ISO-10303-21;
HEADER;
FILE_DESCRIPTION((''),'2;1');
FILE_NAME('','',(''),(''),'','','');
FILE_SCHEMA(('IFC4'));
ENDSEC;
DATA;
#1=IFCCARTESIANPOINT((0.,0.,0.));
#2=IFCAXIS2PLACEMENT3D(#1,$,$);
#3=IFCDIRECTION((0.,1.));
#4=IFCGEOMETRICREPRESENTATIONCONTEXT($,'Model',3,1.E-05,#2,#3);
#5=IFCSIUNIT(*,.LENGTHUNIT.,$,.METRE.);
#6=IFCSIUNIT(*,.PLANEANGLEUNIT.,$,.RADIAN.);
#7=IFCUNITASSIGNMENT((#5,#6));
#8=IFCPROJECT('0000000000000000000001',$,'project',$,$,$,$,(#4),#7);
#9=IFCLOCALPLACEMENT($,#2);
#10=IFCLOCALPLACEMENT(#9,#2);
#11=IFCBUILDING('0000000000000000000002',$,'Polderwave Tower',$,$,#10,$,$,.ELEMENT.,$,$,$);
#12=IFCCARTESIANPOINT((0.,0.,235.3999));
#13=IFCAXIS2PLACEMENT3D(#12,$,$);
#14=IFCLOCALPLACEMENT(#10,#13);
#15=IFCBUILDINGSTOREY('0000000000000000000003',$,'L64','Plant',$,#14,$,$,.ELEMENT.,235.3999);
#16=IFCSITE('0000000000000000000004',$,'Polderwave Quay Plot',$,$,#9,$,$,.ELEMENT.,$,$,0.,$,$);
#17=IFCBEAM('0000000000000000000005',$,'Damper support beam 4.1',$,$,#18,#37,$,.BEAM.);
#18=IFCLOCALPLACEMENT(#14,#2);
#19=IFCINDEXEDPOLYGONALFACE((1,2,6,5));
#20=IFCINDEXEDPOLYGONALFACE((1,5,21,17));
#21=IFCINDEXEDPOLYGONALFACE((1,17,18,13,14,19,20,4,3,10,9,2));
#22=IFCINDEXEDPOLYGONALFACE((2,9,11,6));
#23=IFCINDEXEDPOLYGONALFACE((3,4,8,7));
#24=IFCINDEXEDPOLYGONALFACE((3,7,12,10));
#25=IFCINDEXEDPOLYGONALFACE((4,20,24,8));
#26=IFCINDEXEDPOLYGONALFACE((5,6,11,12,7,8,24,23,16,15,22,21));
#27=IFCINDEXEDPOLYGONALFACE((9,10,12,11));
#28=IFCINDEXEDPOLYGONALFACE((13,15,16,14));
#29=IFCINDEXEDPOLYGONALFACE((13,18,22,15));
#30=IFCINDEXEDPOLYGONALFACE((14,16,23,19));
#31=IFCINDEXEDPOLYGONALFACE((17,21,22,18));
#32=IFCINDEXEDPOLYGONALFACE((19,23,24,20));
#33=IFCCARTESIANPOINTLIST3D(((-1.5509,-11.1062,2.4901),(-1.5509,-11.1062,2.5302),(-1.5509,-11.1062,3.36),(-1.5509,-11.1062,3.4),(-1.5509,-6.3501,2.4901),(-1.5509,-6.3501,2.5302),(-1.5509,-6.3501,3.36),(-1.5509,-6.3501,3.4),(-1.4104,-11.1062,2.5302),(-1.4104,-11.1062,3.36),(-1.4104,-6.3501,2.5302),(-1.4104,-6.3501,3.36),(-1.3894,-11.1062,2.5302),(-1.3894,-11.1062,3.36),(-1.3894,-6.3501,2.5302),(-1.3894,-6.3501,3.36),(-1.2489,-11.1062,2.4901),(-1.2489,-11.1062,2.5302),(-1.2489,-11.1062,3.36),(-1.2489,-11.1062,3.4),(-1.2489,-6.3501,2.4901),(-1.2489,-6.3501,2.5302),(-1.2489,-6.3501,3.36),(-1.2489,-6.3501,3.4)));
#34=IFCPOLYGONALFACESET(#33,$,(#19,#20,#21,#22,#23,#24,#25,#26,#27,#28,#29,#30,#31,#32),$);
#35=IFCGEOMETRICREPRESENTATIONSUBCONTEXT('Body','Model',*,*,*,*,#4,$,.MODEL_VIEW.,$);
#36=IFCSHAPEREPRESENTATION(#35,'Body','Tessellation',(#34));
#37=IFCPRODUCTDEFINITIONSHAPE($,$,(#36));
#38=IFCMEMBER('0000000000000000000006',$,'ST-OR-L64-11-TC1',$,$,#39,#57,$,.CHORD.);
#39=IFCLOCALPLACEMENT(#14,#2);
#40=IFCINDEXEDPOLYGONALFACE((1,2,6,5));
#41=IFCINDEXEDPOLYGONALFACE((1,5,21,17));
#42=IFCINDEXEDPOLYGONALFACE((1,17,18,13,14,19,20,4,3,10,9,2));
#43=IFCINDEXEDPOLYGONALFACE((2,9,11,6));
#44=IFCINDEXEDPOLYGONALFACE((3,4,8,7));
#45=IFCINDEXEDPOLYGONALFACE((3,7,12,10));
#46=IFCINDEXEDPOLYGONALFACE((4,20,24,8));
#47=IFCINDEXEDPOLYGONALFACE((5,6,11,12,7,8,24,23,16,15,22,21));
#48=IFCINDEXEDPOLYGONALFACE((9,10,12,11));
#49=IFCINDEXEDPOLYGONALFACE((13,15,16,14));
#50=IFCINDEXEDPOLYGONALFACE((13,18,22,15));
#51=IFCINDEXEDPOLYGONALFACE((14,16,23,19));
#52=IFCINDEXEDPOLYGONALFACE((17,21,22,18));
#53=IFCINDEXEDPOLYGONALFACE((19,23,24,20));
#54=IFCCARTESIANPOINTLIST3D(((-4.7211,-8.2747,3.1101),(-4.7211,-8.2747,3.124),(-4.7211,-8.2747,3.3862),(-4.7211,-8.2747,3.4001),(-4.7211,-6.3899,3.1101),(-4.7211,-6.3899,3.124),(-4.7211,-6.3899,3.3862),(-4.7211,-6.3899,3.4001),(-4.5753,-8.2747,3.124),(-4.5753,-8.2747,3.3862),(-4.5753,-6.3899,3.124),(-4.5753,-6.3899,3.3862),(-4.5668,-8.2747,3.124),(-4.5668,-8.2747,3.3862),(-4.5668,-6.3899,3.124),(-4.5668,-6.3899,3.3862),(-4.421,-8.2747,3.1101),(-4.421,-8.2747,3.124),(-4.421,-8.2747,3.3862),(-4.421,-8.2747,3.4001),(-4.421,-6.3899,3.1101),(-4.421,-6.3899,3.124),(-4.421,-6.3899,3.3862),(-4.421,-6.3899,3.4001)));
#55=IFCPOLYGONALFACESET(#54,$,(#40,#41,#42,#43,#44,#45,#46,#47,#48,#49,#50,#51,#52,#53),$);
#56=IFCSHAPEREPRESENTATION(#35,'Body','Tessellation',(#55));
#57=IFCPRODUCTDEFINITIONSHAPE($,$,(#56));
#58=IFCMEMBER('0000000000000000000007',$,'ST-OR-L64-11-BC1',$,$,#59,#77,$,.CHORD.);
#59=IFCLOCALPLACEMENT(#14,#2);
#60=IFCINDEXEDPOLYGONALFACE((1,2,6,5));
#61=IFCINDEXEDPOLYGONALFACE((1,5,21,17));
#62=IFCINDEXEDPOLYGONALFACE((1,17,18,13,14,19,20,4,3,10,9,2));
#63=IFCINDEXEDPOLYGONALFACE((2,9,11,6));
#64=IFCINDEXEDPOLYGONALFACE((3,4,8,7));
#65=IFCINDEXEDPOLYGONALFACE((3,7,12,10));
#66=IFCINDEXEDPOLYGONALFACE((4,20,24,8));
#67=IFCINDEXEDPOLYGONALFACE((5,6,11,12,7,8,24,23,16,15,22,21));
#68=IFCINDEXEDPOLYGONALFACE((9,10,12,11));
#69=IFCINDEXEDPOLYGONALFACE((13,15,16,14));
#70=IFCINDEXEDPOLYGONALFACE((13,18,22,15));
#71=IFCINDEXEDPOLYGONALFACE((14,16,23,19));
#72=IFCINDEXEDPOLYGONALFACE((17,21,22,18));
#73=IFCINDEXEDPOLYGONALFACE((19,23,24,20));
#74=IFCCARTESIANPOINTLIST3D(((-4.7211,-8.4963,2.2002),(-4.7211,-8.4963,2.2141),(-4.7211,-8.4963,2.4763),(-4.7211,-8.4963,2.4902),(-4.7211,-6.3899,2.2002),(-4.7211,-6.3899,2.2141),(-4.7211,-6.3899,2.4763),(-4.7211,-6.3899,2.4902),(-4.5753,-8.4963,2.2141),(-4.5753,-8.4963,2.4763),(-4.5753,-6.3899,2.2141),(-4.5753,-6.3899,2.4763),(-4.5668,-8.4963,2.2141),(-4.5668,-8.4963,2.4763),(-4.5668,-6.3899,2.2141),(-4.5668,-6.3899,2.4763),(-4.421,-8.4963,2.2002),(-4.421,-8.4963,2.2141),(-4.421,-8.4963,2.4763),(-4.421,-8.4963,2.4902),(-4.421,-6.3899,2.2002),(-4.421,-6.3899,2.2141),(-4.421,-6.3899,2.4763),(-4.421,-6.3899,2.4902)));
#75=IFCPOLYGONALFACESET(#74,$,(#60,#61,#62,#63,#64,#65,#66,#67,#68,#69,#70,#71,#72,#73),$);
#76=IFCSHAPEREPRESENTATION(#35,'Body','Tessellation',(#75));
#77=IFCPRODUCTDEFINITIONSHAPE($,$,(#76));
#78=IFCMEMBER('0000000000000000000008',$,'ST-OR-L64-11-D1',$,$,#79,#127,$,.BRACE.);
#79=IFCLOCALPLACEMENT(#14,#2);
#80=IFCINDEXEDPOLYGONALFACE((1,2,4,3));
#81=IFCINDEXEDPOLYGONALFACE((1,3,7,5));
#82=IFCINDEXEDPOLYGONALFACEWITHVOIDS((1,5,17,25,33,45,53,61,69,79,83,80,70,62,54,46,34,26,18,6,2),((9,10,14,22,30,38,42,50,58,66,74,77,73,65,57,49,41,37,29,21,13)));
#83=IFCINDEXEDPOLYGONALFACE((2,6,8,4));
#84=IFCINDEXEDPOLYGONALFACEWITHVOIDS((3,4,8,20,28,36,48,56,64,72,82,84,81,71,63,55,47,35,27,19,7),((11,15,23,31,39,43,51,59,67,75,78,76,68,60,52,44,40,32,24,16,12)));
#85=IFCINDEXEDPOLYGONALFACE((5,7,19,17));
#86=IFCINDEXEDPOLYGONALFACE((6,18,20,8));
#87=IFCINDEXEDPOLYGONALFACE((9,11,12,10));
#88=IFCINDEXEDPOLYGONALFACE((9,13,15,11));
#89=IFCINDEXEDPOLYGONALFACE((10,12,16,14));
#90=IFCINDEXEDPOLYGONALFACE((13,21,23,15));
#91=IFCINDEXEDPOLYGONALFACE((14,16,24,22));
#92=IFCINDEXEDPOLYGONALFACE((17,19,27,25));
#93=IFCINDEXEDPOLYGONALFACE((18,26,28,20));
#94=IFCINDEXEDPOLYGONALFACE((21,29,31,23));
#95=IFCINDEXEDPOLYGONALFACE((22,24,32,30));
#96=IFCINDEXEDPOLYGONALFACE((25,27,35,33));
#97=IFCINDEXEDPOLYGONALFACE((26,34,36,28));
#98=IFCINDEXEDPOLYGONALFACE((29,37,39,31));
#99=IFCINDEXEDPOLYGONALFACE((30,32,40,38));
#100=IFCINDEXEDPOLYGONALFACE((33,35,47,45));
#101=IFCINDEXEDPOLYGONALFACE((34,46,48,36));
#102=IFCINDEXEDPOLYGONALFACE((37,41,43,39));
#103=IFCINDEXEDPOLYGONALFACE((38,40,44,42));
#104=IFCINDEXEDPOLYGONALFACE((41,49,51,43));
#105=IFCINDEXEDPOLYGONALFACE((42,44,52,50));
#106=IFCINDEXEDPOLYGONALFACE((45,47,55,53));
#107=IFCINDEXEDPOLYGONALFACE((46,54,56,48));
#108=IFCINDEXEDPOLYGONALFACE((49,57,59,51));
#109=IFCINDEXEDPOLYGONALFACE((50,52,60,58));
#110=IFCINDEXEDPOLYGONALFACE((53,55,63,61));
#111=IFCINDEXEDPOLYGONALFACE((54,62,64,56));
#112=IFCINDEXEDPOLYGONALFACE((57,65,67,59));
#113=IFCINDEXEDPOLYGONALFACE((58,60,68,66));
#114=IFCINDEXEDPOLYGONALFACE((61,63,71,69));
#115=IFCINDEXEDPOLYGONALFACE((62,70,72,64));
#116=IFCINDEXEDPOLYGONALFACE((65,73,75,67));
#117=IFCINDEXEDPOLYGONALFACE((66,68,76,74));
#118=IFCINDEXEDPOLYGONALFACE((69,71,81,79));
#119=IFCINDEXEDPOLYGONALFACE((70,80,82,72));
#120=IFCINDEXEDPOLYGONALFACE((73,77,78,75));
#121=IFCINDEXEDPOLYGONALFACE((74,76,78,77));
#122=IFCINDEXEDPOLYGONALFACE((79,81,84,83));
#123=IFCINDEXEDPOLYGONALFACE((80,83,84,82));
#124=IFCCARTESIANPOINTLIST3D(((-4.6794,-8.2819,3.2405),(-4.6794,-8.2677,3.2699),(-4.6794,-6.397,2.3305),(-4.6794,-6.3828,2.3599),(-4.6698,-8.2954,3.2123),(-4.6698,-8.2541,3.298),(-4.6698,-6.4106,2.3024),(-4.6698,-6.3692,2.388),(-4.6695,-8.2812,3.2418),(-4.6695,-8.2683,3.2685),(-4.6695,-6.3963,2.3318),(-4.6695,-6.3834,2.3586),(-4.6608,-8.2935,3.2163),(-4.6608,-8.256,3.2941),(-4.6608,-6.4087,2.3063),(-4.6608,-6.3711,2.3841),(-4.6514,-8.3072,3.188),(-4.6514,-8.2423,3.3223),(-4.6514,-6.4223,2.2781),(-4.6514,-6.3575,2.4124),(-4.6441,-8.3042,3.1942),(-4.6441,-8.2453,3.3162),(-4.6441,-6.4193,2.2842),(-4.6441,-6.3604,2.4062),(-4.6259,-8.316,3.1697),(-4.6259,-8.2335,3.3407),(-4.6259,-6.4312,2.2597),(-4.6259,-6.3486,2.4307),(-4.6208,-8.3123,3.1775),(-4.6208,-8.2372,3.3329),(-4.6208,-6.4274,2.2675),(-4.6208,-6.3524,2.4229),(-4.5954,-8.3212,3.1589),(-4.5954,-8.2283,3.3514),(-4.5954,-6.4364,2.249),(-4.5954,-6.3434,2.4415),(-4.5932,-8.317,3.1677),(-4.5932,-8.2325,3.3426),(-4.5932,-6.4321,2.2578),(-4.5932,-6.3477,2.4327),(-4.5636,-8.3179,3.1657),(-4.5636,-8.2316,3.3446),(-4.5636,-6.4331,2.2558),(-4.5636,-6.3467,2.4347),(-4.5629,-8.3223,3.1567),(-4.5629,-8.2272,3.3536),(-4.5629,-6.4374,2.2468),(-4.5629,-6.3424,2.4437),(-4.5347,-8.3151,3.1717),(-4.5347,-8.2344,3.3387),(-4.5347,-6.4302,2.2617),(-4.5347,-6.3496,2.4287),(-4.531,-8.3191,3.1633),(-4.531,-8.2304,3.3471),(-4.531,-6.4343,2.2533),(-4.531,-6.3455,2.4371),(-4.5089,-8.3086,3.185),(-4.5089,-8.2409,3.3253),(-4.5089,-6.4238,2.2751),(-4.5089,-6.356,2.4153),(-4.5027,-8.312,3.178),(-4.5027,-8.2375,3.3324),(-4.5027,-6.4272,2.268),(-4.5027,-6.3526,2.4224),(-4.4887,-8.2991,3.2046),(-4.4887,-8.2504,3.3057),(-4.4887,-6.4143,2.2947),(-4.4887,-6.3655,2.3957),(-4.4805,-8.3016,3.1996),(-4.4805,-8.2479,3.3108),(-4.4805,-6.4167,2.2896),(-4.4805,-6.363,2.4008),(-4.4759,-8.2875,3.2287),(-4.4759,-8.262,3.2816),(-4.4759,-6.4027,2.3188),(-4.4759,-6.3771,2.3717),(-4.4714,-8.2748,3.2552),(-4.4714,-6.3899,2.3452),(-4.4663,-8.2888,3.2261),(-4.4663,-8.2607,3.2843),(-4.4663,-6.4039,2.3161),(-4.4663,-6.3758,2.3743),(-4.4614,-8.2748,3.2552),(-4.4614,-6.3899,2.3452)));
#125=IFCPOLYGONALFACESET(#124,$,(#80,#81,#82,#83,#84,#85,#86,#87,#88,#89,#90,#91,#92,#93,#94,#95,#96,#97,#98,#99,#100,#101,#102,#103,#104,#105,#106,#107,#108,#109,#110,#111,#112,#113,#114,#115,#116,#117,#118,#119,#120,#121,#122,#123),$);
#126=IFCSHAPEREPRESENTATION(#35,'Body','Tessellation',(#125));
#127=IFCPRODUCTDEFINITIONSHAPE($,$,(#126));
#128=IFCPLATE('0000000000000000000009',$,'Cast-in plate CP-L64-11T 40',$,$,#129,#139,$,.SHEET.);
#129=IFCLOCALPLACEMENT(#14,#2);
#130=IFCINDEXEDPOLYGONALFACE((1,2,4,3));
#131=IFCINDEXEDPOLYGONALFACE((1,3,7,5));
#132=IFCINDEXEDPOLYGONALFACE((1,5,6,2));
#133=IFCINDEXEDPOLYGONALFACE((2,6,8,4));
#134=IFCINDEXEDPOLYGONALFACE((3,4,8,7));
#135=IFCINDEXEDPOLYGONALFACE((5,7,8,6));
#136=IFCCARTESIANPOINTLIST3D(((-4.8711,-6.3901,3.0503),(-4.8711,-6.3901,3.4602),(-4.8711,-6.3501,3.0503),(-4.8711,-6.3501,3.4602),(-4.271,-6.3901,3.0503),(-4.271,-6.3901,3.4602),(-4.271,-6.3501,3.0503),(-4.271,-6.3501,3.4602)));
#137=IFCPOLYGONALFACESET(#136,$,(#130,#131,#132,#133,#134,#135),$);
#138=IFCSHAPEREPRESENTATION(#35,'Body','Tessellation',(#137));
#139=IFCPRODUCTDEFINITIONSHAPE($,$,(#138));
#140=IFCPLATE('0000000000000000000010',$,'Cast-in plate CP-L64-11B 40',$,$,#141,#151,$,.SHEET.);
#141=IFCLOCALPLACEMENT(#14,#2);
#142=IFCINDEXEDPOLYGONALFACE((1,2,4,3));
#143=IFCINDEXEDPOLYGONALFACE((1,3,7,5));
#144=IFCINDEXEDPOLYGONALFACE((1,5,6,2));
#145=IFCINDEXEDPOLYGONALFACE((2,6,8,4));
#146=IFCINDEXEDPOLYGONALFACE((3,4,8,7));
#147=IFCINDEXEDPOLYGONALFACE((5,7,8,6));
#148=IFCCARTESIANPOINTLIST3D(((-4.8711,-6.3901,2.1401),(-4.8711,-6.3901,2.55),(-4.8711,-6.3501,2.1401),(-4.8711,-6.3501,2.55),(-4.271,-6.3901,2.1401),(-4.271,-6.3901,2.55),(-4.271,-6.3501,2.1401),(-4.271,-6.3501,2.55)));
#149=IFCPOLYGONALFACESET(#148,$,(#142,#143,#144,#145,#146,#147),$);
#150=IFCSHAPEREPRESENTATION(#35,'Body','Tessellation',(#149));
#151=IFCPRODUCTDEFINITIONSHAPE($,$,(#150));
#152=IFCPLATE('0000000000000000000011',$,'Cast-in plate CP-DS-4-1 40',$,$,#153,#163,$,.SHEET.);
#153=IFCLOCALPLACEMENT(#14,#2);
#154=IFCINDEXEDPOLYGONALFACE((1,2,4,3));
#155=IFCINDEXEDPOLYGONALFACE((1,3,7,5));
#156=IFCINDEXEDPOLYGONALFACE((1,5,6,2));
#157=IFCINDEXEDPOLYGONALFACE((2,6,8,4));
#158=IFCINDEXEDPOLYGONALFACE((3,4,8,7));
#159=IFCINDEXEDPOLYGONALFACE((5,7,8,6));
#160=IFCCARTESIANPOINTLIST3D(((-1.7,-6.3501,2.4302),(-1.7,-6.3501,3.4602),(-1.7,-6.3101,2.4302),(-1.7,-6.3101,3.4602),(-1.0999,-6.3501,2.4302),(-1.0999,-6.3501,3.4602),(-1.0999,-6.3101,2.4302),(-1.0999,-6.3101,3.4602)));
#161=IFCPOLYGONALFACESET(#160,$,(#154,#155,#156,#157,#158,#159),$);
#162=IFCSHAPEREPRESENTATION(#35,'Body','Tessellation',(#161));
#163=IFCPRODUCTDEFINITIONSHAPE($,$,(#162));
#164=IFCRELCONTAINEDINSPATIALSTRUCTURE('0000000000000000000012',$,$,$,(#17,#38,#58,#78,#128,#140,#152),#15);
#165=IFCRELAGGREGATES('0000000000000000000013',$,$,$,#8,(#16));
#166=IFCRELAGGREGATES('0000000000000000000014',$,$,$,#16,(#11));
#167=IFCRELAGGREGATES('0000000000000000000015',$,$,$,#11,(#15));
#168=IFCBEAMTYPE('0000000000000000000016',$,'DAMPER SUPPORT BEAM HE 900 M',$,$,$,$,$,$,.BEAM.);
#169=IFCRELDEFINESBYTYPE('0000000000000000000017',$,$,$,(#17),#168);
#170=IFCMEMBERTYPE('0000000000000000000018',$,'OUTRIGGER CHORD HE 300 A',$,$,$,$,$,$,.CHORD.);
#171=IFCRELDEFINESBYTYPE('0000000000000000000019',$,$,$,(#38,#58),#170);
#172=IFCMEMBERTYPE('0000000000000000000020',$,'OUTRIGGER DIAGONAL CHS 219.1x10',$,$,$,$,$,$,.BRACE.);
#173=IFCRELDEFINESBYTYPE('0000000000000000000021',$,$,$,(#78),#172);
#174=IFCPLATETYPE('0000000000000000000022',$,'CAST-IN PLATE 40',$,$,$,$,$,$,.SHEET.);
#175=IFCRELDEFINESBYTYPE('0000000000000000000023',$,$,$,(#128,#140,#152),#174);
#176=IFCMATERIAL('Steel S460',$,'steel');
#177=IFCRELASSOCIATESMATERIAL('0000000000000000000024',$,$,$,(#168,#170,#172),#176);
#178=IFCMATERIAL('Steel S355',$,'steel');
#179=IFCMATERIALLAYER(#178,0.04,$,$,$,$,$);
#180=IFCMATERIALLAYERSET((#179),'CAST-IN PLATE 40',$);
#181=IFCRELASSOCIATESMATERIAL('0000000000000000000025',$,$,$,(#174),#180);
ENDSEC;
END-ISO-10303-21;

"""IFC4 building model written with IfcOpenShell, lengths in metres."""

from ifc_helpers import new_model, si_unit, direction, frame, origin, origin_2d, place, context, subcontext, project, spatial, rectangle, hollow_circle, i_section, extrude, material, layer, layer_set, material_profile, profile_set, type_object, element, save


model = new_model("IFC4")

# Units and contexts
model_context = context("Model", 3, precision=1e-05, world=origin(), true_north=direction((0.0, 1.0)))
body_context = subcontext(model_context, "Body", "Model", "MODEL_VIEW")
ifc_project = project(units=[si_unit("LENGTHUNIT", "METRE"), si_unit("PLANEANGLEUNIT", "RADIAN")], contexts=[model_context])

# Site, building, storey
site_placement = place(None, origin())
site = spatial("IfcSite", under=ifc_project, at=site_placement, Name="Polderwave Quay Plot", CompositionType="ELEMENT", RefElevation=0.0)
building_placement = place(site_placement, origin())
building = spatial("IfcBuilding", under=site, at=building_placement, Name="Polderwave Tower", CompositionType="ELEMENT")
storey_placement = place(building_placement, frame((0.0, 0.0, 235.3999)))
storey = spatial("IfcBuildingStorey", under=building, at=storey_placement, Name="L64", Description="Plant", CompositionType="ELEMENT", Elevation=235.3999)

# Beam
ifc_material_1 = material(Name="Steel S460", Category="steel")
ifc_material_profile_1 = material_profile(ifc_material_1, i_section(OverallWidth=0.302, OverallDepth=0.9099, WebThickness=0.021, FlangeThickness=0.04, at=origin_2d()), Name="HE 900 M")
ifc_profile_set_1 = profile_set([ifc_material_profile_1], Name="Steel S460")
beam_type = type_object("IfcBeamType", Name="DAMPER SUPPORT BEAM HE 900 M", PredefinedType="BEAM", material=ifc_profile_set_1)
beam_placement = place(storey_placement, frame((-1.3999, -6.3501, 2.9451), z_axis=(0.0, -1.0, 0.0), x_axis=(1.0, 0.0, 0.0)))
element("IfcBeam", 1, at=beam_placement, inside=storey, type_object=beam_type, Name="Damper support beam 4.1", PredefinedType="BEAM", context=body_context, shape_type="SweptSolid", body=[
    extrude(i_section(OverallWidth=0.302, OverallDepth=0.9099, WebThickness=0.021, FlangeThickness=0.04, at=origin_2d()), origin(), (0.0, 0.0, 1.0), 4.7561),
])

# Members
ifc_material_profile_2 = material_profile(ifc_material_1, i_section(OverallWidth=0.3, OverallDepth=0.29, WebThickness=0.0085, FlangeThickness=0.0139, at=origin_2d()), Name="HE 300 A")
ifc_profile_set_2 = profile_set([ifc_material_profile_2], Name="Steel S460")
member_type_1 = type_object("IfcMemberType", Name="OUTRIGGER CHORD HE 300 A", PredefinedType="CHORD", material=ifc_profile_set_2)
member_1_placement = place(storey_placement, frame((-4.571, -6.3899, 3.2551), z_axis=(0.0, -1.0, 0.0), x_axis=(1.0, 0.0, 0.0)))
element("IfcMember", 2, at=member_1_placement, inside=storey, type_object=member_type_1, Name="ST-OR-L64-11-TC1", PredefinedType="CHORD", context=body_context, shape_type="SweptSolid", body=[
    extrude(i_section(OverallWidth=0.3, OverallDepth=0.29, WebThickness=0.0085, FlangeThickness=0.0139, at=origin_2d()), origin(), (0.0, 0.0, 1.0), 1.8848),
])
member_2_placement = place(storey_placement, frame((-4.571, -6.3899, 2.3452), z_axis=(0.0, -1.0, 0.0), x_axis=(1.0, 0.0, 0.0)))
element("IfcMember", 3, at=member_2_placement, inside=storey, type_object=member_type_1, Name="ST-OR-L64-11-BC1", PredefinedType="CHORD", context=body_context, shape_type="SweptSolid", body=[
    extrude(i_section(OverallWidth=0.3, OverallDepth=0.29, WebThickness=0.0085, FlangeThickness=0.0139, at=origin_2d()), origin(), (0.0, 0.0, 1.0), 2.1064),
])
ifc_material_profile_3 = material_profile(ifc_material_1, hollow_circle(Radius=0.1096, WallThickness=0.01, at=origin_2d()), Name="CHS 219.1x10")
ifc_profile_set_3 = profile_set([ifc_material_profile_3], Name="Steel S460")
member_type_2 = type_object("IfcMemberType", Name="OUTRIGGER DIAGONAL CHS 219.1x10", PredefinedType="BRACE", material=ifc_profile_set_3)
member_3_placement = place(storey_placement, frame((-4.571, -6.3899, 2.3452), z_axis=(0.0, -0.900547, 0.434759), x_axis=(1.0, 0.0, 0.0)))
element("IfcMember", 4, at=member_3_placement, inside=storey, type_object=member_type_2, Name="ST-OR-L64-11-D1", PredefinedType="BRACE", context=body_context, shape_type="SweptSolid", body=[
    extrude(hollow_circle(Radius=0.1096, WallThickness=0.01, at=origin_2d()), origin(), (0.0, 0.0, 1.0), 2.093),
])

# Plates
ifc_material_2 = material(Name="Steel S355", Category="steel")
ifc_layer_1 = layer(ifc_material_2, 0.04)
ifc_layer_set_1 = layer_set([ifc_layer_1], Name="CAST-IN PLATE 40")
plate_type = type_object("IfcPlateType", Name="CAST-IN PLATE 40", PredefinedType="SHEET", material=ifc_layer_set_1)
for number, where, z_axis, x_axis, name in (
    (5, (-4.571, -6.3701, 3.0503), (0.0, 0.0, 1.0), (0.0, 1.0, 0.0), "Cast-in plate CP-L64-11T 40"),
    (6, (-4.571, -6.3701, 2.1401), (0.0, 0.0, 1.0), (0.0, 1.0, 0.0), "Cast-in plate CP-L64-11B 40"),
):
    element("IfcPlate", number, at=place(storey_placement, frame(where, z_axis=z_axis, x_axis=x_axis)), inside=storey, type_object=plate_type, Name=name, PredefinedType="SHEET", context=body_context, shape_type="SweptSolid", body=[
        extrude(rectangle(XDim=0.04, YDim=0.6001, at=origin_2d()), origin(), (0.0, 0.0, 1.0), 0.4099),
    ])
plate_placement = place(storey_placement, frame((-1.3999, -6.3301, 2.4302), z_axis=(0.0, 0.0, 1.0), x_axis=(0.0, -1.0, 0.0)))
element("IfcPlate", 7, at=plate_placement, inside=storey, type_object=plate_type, Name="Cast-in plate CP-DS-4-1 40", PredefinedType="SHEET", context=body_context, shape_type="SweptSolid", body=[
    extrude(rectangle(XDim=0.04, YDim=0.6001, at=origin_2d()), origin(), (0.0, 0.0, 1.0), 1.03),
])

save(model, "model.ifc")
